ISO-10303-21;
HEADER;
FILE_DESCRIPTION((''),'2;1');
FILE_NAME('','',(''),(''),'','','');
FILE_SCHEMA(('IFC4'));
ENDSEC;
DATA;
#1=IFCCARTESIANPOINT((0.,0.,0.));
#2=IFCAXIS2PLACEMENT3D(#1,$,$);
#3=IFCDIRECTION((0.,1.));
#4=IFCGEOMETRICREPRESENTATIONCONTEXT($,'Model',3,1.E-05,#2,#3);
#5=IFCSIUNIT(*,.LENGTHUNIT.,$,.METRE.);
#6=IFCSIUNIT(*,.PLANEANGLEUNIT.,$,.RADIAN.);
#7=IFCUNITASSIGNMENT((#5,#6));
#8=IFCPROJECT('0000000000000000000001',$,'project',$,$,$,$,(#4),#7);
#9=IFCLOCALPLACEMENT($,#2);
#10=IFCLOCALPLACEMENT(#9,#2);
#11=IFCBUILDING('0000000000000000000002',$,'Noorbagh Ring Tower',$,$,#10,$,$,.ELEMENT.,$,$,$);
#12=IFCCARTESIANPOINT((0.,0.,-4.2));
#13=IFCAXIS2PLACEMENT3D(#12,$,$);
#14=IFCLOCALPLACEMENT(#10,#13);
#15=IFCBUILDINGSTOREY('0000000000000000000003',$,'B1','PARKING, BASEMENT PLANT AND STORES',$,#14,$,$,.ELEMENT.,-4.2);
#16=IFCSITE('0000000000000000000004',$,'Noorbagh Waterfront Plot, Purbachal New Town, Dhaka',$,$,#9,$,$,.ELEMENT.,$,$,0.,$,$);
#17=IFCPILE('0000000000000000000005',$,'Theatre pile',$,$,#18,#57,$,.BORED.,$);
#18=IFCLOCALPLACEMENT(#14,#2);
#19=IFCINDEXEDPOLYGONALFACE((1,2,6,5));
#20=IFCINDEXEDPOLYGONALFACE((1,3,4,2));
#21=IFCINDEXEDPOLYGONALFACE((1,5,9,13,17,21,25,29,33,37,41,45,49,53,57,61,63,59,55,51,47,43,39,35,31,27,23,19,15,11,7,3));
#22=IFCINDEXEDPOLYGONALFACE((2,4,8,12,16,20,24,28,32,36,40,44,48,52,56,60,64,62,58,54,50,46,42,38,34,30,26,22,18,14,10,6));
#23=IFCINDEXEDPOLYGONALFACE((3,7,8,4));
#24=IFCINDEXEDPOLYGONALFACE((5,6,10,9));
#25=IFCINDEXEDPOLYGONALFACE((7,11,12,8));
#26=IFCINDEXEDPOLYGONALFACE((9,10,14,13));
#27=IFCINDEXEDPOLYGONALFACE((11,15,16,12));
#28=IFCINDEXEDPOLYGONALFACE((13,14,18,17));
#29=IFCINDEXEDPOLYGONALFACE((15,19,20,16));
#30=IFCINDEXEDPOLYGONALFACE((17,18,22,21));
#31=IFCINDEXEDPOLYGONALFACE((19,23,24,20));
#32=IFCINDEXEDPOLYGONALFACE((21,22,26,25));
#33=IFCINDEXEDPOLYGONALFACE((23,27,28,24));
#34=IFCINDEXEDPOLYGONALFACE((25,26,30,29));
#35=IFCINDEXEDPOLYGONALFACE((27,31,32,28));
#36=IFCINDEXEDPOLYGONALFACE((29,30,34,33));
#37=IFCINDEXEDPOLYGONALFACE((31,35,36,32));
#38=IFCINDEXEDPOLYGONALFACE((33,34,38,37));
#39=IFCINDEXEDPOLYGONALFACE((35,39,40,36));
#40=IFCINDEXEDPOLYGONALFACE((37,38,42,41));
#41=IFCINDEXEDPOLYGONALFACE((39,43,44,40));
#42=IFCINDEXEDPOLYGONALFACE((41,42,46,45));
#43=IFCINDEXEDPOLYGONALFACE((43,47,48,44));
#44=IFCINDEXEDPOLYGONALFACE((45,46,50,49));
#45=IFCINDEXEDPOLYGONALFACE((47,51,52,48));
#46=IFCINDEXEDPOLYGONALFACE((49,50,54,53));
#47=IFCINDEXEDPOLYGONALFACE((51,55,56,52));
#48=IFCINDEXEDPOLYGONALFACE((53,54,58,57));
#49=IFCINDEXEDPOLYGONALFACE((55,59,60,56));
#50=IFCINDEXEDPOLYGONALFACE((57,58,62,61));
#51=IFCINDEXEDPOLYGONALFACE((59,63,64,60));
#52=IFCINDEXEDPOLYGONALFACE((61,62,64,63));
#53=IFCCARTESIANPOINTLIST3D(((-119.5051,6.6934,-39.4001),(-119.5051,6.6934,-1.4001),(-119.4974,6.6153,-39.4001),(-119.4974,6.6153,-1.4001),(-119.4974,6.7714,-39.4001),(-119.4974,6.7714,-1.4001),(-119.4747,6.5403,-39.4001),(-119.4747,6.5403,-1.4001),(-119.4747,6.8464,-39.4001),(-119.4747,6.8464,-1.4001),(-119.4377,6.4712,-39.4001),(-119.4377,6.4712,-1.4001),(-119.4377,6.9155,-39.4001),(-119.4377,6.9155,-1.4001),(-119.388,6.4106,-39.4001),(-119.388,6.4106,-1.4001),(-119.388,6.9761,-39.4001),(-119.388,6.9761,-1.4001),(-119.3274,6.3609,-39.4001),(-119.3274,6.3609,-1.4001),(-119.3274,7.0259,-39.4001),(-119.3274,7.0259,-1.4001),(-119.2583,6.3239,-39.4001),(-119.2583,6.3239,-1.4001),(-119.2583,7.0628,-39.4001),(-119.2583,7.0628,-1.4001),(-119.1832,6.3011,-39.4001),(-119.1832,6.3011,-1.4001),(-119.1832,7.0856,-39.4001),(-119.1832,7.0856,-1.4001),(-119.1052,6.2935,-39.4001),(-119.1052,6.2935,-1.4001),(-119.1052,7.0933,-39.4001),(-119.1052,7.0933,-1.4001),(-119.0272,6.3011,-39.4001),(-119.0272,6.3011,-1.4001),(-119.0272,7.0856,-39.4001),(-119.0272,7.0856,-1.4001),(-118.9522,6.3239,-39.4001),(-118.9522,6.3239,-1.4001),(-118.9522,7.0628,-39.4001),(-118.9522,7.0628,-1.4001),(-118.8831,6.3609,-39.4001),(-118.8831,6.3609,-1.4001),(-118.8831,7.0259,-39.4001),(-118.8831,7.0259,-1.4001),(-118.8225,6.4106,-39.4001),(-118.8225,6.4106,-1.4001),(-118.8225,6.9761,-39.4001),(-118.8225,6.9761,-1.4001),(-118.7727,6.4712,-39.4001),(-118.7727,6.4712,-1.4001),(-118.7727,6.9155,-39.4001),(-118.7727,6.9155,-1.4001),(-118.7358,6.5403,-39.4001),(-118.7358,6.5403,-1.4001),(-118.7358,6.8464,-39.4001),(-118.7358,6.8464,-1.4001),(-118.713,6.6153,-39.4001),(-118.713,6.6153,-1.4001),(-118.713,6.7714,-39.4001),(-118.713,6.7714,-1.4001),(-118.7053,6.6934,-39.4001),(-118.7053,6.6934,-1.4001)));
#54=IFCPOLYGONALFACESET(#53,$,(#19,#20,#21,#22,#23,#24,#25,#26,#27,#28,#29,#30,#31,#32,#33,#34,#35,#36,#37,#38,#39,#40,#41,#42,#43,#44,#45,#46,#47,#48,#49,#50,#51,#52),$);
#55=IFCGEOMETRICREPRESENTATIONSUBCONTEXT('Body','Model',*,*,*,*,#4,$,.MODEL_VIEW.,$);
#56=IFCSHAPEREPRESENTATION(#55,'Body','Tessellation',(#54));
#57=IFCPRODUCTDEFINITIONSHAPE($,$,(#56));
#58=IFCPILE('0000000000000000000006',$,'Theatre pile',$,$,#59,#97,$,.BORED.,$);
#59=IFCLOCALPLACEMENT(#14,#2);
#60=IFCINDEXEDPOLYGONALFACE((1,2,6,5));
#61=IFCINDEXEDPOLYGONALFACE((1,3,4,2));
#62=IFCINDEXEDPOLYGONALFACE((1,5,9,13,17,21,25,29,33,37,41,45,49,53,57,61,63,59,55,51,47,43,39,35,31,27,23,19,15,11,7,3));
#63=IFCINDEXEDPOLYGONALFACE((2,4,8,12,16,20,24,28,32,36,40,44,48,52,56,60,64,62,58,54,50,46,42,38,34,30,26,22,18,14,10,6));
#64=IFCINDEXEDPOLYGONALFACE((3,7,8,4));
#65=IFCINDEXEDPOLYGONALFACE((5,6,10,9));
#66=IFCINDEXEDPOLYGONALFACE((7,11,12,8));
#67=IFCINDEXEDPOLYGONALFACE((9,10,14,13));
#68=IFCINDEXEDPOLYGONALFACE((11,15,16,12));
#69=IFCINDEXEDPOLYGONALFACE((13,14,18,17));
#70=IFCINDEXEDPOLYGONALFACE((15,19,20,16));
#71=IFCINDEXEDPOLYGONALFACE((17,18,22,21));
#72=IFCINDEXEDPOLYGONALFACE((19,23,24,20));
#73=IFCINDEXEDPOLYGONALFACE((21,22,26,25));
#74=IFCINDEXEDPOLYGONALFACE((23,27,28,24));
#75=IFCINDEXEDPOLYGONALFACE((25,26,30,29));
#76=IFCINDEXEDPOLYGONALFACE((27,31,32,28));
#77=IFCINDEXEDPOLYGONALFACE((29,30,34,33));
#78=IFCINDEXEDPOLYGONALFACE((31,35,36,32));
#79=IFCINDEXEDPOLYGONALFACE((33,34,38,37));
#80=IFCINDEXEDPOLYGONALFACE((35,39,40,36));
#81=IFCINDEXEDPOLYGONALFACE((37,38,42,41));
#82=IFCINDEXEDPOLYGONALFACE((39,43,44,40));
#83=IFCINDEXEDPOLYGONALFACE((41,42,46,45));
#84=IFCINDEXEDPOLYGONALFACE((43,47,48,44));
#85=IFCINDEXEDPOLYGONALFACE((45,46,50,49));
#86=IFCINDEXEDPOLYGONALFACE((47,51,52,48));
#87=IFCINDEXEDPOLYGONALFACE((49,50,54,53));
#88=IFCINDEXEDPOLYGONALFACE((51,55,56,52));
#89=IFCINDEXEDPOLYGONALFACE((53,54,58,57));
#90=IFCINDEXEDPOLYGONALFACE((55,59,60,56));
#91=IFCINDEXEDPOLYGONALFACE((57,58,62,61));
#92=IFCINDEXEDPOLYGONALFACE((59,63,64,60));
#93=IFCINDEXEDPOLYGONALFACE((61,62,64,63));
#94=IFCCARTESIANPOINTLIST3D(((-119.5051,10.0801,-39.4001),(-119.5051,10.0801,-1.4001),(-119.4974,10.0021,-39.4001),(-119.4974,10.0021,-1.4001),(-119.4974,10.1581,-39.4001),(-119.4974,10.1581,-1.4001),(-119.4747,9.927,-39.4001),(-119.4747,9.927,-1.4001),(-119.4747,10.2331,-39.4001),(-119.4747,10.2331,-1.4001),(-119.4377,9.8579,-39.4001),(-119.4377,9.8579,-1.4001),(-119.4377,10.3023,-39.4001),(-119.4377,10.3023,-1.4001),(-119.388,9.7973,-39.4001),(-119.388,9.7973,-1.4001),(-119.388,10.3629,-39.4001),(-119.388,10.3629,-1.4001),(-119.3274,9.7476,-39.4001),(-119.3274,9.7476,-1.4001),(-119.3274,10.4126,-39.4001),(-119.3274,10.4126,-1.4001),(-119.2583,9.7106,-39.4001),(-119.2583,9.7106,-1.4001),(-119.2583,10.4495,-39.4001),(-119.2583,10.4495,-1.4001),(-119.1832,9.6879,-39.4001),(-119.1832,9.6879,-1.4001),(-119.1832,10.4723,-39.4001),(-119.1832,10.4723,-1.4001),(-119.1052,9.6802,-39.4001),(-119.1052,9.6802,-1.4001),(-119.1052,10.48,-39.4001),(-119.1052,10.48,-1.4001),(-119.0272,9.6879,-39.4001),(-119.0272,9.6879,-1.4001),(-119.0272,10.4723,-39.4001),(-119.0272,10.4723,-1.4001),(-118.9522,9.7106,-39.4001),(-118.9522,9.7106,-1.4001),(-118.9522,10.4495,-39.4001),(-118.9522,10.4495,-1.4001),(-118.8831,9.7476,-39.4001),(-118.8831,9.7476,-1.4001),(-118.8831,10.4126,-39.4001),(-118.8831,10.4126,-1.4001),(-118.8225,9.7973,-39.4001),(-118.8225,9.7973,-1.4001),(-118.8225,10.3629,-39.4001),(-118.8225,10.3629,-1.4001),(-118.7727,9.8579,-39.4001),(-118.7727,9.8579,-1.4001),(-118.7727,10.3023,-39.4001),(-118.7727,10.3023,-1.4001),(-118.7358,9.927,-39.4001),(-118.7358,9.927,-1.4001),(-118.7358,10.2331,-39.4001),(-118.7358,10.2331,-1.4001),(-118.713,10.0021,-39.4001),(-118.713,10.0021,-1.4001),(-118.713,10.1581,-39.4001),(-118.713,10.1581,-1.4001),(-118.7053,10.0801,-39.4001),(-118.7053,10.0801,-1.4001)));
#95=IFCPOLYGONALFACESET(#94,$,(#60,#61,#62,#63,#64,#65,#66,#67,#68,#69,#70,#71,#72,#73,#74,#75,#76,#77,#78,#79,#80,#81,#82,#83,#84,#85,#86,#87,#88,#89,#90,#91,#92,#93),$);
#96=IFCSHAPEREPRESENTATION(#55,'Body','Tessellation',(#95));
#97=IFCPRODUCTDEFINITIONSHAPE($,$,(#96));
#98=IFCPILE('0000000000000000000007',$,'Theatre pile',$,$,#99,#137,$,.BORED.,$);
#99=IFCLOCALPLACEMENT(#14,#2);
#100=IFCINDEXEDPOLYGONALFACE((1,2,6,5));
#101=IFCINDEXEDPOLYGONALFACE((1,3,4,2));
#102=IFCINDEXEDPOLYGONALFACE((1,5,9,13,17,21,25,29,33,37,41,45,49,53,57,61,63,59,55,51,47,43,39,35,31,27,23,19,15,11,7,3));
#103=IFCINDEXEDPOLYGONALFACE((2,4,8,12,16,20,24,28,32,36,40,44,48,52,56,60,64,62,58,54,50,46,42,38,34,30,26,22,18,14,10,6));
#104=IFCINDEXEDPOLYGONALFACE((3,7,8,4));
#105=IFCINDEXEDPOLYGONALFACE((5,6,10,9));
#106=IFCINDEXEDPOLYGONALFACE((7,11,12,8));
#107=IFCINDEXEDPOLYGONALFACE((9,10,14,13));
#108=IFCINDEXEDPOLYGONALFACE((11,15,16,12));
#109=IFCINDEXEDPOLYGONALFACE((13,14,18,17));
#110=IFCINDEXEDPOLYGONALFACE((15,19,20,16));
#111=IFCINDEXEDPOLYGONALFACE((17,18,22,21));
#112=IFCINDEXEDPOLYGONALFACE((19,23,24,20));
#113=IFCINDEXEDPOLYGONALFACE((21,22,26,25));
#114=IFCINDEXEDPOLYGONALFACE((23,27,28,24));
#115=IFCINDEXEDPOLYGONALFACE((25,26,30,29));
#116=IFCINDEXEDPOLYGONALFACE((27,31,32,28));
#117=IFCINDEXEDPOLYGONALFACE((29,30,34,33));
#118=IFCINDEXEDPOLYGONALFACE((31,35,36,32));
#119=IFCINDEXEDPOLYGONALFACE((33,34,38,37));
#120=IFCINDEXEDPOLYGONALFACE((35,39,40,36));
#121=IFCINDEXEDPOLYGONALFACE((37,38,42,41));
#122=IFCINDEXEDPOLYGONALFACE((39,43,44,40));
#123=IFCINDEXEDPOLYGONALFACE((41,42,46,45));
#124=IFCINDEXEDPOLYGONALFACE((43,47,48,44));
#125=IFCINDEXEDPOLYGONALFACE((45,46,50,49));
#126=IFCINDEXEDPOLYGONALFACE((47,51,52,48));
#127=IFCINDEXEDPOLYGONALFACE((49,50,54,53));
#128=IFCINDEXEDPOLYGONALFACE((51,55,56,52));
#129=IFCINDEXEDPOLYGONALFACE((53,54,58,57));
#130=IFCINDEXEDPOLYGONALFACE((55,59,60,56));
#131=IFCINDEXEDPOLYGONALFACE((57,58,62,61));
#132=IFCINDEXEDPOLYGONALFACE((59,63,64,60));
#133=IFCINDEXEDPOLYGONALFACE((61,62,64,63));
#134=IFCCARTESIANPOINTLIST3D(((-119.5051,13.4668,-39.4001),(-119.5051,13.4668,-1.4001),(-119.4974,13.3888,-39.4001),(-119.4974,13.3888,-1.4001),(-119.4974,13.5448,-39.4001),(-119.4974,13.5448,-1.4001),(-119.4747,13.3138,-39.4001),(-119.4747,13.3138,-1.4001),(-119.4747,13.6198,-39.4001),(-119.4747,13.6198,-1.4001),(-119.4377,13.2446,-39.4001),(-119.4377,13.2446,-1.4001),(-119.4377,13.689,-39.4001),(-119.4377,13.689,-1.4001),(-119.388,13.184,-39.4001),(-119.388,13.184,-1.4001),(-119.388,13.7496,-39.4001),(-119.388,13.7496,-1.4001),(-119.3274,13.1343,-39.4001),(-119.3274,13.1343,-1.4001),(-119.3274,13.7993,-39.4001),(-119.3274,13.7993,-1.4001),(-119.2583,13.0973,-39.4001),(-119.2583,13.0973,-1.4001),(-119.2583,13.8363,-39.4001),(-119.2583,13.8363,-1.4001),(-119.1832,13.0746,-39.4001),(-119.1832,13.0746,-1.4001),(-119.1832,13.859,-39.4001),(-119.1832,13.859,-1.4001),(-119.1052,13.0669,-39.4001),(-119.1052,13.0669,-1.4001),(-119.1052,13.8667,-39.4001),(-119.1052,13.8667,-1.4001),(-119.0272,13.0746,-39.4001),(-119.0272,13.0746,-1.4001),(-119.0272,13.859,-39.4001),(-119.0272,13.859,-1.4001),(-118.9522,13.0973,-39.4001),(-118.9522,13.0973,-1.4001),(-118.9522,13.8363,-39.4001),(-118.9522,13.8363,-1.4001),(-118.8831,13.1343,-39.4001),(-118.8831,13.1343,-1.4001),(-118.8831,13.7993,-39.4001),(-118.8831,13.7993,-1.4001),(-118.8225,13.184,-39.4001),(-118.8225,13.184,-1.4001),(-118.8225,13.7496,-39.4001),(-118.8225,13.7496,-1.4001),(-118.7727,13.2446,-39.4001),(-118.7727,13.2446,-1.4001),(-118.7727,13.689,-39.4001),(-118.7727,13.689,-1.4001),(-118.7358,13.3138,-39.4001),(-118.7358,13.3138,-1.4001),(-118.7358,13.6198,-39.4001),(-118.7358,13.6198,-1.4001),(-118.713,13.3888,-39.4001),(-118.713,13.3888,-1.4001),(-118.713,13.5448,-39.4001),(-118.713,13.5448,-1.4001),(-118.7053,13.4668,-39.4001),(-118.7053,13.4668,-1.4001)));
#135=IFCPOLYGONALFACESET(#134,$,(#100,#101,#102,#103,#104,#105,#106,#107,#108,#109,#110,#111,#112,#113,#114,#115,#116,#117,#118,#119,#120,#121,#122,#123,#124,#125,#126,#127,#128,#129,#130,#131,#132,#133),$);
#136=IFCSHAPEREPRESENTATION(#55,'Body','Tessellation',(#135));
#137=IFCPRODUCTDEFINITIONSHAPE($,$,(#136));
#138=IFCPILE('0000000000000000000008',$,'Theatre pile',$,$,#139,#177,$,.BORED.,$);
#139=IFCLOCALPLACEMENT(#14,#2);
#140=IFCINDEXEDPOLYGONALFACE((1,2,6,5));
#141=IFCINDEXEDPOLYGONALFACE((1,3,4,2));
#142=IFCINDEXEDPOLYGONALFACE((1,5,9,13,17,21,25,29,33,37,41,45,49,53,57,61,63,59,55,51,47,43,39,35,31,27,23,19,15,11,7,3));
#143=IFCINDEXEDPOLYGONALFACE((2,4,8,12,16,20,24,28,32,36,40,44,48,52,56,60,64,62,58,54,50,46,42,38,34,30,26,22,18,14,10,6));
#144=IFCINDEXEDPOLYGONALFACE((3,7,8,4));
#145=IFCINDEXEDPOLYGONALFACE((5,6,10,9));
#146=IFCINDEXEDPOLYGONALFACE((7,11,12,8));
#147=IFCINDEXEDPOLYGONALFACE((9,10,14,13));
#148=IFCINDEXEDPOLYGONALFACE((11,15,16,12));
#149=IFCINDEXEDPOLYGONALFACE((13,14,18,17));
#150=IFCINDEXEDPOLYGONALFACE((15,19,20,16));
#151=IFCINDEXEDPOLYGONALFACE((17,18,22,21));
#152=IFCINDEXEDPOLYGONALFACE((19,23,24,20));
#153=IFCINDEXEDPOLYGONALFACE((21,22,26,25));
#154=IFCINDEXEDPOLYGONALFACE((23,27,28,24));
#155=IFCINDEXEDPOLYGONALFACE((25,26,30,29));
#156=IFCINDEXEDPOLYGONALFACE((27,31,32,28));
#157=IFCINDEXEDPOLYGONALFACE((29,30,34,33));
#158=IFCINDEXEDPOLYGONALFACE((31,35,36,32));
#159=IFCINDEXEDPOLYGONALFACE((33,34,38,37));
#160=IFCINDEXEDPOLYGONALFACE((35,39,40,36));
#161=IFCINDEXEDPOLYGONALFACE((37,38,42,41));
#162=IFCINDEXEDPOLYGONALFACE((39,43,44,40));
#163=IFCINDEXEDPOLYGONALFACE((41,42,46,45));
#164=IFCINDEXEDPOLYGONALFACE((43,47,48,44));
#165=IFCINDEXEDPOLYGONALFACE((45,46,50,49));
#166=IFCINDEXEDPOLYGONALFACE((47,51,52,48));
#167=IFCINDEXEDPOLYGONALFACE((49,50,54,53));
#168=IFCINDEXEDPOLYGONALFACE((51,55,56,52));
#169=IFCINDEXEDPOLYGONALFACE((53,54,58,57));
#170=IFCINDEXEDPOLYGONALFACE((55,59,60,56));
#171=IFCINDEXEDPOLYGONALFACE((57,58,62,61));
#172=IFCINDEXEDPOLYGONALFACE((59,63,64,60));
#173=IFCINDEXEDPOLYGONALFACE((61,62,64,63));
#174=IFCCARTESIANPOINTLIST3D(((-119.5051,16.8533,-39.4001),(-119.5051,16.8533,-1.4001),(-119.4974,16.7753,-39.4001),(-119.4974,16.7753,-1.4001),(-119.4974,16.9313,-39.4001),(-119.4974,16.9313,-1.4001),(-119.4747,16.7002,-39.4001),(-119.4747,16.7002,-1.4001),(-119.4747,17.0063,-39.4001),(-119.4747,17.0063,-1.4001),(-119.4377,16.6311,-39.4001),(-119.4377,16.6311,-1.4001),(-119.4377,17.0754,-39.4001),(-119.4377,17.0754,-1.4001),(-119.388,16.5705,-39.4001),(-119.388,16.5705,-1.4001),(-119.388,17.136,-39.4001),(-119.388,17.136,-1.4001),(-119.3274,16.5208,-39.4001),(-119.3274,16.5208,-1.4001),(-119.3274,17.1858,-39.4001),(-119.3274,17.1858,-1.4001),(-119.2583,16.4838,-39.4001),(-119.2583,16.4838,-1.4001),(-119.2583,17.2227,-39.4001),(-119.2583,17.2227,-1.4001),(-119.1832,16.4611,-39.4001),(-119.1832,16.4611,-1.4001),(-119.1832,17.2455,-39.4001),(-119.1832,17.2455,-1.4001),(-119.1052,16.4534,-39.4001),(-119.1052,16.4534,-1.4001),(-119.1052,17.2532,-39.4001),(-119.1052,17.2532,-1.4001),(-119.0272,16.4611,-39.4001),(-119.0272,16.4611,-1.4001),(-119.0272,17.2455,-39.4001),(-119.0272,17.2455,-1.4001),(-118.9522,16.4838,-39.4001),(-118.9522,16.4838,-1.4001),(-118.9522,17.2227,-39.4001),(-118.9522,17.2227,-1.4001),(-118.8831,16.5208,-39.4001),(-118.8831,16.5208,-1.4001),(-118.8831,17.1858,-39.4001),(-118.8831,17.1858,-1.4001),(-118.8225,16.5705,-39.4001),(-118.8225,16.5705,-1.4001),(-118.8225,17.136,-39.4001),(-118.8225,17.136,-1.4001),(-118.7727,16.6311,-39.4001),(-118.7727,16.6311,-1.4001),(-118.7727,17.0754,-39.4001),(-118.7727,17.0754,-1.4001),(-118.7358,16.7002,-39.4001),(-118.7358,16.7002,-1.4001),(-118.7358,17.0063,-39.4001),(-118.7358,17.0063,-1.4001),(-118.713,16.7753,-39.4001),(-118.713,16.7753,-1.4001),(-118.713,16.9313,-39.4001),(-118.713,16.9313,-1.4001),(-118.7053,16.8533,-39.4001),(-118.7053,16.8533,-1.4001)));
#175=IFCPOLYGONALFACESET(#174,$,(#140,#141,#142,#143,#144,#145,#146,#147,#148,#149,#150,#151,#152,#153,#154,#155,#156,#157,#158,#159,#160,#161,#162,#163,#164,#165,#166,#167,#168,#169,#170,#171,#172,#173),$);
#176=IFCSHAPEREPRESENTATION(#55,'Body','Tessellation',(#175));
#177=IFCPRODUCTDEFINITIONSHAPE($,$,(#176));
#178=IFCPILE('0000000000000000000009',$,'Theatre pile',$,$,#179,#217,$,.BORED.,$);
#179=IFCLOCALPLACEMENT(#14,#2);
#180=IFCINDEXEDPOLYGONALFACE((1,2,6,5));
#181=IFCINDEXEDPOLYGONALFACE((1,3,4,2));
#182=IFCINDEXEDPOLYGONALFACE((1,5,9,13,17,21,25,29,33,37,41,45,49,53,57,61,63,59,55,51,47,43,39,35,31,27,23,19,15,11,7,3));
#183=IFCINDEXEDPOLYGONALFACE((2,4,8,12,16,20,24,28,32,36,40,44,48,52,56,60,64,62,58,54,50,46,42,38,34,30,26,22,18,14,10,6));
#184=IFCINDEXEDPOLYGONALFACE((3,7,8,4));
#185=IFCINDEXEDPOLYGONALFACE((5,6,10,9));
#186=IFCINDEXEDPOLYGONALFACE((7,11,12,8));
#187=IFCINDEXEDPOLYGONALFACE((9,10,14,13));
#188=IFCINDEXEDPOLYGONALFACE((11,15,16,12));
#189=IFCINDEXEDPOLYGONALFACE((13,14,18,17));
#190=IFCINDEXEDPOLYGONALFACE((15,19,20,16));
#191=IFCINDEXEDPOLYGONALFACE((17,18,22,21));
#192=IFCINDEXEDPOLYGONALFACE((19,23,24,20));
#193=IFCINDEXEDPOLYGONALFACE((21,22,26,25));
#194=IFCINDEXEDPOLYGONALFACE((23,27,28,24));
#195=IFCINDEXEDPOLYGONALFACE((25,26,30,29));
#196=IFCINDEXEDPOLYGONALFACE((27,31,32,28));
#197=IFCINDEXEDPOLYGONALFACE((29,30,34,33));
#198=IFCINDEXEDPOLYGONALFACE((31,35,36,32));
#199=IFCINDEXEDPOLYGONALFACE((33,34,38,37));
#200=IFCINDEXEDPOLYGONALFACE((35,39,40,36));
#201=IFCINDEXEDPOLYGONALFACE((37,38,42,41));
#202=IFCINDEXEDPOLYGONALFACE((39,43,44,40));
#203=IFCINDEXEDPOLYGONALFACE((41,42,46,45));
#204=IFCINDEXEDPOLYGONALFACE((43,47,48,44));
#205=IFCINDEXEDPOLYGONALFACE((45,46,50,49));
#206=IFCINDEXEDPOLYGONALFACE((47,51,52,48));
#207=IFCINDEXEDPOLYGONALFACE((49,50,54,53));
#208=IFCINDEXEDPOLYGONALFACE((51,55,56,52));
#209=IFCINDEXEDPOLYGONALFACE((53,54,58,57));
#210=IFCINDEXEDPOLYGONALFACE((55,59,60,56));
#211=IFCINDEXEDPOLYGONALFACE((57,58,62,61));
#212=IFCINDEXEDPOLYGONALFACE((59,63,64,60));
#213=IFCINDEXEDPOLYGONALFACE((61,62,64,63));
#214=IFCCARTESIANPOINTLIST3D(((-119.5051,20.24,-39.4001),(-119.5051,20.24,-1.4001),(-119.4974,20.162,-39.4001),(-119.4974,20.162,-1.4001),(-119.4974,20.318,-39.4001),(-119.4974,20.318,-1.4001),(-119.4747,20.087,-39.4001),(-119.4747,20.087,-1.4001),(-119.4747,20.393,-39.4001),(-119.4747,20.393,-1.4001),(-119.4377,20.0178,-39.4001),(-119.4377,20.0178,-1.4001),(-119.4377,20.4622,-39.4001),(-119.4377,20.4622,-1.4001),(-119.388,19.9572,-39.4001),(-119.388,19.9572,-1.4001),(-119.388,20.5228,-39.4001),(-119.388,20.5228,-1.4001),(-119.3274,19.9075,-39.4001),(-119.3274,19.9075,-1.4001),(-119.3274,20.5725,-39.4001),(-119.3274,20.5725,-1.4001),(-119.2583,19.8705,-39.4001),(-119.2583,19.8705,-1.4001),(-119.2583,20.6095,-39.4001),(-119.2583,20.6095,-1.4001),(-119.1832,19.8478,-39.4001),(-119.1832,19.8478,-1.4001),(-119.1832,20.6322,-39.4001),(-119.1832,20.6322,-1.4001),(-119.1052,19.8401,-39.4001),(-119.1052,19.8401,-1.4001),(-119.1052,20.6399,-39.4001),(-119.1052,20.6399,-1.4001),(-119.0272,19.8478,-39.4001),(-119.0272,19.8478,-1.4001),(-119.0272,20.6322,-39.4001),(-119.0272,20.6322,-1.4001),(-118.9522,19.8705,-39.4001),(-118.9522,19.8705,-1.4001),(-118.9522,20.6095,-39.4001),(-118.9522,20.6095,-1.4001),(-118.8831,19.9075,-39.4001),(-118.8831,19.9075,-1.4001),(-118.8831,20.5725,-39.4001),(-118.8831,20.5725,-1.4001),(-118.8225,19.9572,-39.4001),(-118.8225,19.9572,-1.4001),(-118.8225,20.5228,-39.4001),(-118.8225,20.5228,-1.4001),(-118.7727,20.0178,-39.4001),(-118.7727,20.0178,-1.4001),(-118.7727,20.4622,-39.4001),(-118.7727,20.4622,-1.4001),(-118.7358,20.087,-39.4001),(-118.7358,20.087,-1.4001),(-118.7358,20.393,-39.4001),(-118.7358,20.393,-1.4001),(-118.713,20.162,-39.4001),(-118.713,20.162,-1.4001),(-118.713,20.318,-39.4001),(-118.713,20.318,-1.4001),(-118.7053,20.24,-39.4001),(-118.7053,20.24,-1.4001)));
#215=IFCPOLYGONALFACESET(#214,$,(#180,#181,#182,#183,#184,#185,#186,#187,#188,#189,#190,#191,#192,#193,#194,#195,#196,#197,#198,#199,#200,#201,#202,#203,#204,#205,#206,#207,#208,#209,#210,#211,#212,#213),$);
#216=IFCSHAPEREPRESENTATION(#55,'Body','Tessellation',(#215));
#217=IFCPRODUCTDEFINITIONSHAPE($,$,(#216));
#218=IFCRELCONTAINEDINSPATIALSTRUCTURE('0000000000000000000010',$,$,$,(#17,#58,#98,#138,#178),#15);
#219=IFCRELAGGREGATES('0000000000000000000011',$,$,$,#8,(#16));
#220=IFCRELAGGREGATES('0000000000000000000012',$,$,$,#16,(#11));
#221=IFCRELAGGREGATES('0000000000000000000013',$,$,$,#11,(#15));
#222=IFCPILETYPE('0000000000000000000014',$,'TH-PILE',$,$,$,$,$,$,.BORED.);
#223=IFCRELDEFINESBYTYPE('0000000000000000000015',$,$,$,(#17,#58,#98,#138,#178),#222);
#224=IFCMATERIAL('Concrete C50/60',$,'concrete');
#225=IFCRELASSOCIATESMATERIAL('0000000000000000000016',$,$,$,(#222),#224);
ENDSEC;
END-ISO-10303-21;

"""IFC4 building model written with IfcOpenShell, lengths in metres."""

from ifc_helpers import new_model, si_unit, direction, frame, origin, origin_2d, place, context, subcontext, project, spatial, circle, extrude, material, material_profile, profile_set, type_object, element, save


model = new_model("IFC4")

# Units and contexts
model_context = context("Model", 3, precision=1e-05, world=origin(), true_north=direction((0.0, 1.0)))
body_context = subcontext(model_context, "Body", "Model", "MODEL_VIEW")
ifc_project = project(units=[si_unit("LENGTHUNIT", "METRE"), si_unit("PLANEANGLEUNIT", "RADIAN")], contexts=[model_context])

# Site, building, storey
site_placement = place(None, origin())
site = spatial("IfcSite", under=ifc_project, at=site_placement, Name="Noorbagh Waterfront Plot, Purbachal New Town, Dhaka", CompositionType="ELEMENT", RefElevation=0.0)
building_placement = place(site_placement, origin())
building = spatial("IfcBuilding", under=site, at=building_placement, Name="Noorbagh Ring Tower", CompositionType="ELEMENT")
storey_placement = place(building_placement, frame((0.0, 0.0, -4.2)))
storey = spatial("IfcBuildingStorey", under=building, at=storey_placement, Name="B1", Description="PARKING, BASEMENT PLANT AND STORES", CompositionType="ELEMENT", Elevation=-4.2)

# Piles
ifc_material_1 = material(Name="Concrete C50/60", Category="concrete")
ifc_material_profile = material_profile(ifc_material_1, circle(Radius=0.3999, at=origin_2d()), Name="PILE800")
ifc_profile_set = profile_set([ifc_material_profile], Name="Concrete C50/60")
pile_type = type_object("IfcPileType", Name="TH-PILE", PredefinedType="BORED", material=ifc_profile_set)
for number, where, z_axis, x_axis, name in (
    (1, (-119.1052, 6.6934, -1.4001), (0.0, 0.0, -1.0), (1.0, 0.0, 0.0), "Theatre pile"),
    (2, (-119.1052, 10.0801, -1.4001), (0.0, 0.0, -1.0), (1.0, 0.0, 0.0), "Theatre pile"),
    (3, (-119.1052, 13.4668, -1.4001), (0.0, 0.0, -1.0), (1.0, 0.0, 0.0), "Theatre pile"),
    (4, (-119.1052, 16.8533, -1.4001), (0.0, 0.0, -1.0), (1.0, 0.0, 0.0), "Theatre pile"),
    (5, (-119.1052, 20.24, -1.4001), (0.0, 0.0, -1.0), (1.0, 0.0, 0.0), "Theatre pile"),
):
    element("IfcPile", number, at=place(storey_placement, frame(where, z_axis=z_axis, x_axis=x_axis)), inside=storey, type_object=pile_type, Name=name, PredefinedType="BORED", context=body_context, shape_type="SweptSolid", body=[
        extrude(circle(Radius=0.3999, at=origin_2d()), origin(), (0.0, 0.0, 1.0), 38.0),
    ])

save(model, "model.ifc")
